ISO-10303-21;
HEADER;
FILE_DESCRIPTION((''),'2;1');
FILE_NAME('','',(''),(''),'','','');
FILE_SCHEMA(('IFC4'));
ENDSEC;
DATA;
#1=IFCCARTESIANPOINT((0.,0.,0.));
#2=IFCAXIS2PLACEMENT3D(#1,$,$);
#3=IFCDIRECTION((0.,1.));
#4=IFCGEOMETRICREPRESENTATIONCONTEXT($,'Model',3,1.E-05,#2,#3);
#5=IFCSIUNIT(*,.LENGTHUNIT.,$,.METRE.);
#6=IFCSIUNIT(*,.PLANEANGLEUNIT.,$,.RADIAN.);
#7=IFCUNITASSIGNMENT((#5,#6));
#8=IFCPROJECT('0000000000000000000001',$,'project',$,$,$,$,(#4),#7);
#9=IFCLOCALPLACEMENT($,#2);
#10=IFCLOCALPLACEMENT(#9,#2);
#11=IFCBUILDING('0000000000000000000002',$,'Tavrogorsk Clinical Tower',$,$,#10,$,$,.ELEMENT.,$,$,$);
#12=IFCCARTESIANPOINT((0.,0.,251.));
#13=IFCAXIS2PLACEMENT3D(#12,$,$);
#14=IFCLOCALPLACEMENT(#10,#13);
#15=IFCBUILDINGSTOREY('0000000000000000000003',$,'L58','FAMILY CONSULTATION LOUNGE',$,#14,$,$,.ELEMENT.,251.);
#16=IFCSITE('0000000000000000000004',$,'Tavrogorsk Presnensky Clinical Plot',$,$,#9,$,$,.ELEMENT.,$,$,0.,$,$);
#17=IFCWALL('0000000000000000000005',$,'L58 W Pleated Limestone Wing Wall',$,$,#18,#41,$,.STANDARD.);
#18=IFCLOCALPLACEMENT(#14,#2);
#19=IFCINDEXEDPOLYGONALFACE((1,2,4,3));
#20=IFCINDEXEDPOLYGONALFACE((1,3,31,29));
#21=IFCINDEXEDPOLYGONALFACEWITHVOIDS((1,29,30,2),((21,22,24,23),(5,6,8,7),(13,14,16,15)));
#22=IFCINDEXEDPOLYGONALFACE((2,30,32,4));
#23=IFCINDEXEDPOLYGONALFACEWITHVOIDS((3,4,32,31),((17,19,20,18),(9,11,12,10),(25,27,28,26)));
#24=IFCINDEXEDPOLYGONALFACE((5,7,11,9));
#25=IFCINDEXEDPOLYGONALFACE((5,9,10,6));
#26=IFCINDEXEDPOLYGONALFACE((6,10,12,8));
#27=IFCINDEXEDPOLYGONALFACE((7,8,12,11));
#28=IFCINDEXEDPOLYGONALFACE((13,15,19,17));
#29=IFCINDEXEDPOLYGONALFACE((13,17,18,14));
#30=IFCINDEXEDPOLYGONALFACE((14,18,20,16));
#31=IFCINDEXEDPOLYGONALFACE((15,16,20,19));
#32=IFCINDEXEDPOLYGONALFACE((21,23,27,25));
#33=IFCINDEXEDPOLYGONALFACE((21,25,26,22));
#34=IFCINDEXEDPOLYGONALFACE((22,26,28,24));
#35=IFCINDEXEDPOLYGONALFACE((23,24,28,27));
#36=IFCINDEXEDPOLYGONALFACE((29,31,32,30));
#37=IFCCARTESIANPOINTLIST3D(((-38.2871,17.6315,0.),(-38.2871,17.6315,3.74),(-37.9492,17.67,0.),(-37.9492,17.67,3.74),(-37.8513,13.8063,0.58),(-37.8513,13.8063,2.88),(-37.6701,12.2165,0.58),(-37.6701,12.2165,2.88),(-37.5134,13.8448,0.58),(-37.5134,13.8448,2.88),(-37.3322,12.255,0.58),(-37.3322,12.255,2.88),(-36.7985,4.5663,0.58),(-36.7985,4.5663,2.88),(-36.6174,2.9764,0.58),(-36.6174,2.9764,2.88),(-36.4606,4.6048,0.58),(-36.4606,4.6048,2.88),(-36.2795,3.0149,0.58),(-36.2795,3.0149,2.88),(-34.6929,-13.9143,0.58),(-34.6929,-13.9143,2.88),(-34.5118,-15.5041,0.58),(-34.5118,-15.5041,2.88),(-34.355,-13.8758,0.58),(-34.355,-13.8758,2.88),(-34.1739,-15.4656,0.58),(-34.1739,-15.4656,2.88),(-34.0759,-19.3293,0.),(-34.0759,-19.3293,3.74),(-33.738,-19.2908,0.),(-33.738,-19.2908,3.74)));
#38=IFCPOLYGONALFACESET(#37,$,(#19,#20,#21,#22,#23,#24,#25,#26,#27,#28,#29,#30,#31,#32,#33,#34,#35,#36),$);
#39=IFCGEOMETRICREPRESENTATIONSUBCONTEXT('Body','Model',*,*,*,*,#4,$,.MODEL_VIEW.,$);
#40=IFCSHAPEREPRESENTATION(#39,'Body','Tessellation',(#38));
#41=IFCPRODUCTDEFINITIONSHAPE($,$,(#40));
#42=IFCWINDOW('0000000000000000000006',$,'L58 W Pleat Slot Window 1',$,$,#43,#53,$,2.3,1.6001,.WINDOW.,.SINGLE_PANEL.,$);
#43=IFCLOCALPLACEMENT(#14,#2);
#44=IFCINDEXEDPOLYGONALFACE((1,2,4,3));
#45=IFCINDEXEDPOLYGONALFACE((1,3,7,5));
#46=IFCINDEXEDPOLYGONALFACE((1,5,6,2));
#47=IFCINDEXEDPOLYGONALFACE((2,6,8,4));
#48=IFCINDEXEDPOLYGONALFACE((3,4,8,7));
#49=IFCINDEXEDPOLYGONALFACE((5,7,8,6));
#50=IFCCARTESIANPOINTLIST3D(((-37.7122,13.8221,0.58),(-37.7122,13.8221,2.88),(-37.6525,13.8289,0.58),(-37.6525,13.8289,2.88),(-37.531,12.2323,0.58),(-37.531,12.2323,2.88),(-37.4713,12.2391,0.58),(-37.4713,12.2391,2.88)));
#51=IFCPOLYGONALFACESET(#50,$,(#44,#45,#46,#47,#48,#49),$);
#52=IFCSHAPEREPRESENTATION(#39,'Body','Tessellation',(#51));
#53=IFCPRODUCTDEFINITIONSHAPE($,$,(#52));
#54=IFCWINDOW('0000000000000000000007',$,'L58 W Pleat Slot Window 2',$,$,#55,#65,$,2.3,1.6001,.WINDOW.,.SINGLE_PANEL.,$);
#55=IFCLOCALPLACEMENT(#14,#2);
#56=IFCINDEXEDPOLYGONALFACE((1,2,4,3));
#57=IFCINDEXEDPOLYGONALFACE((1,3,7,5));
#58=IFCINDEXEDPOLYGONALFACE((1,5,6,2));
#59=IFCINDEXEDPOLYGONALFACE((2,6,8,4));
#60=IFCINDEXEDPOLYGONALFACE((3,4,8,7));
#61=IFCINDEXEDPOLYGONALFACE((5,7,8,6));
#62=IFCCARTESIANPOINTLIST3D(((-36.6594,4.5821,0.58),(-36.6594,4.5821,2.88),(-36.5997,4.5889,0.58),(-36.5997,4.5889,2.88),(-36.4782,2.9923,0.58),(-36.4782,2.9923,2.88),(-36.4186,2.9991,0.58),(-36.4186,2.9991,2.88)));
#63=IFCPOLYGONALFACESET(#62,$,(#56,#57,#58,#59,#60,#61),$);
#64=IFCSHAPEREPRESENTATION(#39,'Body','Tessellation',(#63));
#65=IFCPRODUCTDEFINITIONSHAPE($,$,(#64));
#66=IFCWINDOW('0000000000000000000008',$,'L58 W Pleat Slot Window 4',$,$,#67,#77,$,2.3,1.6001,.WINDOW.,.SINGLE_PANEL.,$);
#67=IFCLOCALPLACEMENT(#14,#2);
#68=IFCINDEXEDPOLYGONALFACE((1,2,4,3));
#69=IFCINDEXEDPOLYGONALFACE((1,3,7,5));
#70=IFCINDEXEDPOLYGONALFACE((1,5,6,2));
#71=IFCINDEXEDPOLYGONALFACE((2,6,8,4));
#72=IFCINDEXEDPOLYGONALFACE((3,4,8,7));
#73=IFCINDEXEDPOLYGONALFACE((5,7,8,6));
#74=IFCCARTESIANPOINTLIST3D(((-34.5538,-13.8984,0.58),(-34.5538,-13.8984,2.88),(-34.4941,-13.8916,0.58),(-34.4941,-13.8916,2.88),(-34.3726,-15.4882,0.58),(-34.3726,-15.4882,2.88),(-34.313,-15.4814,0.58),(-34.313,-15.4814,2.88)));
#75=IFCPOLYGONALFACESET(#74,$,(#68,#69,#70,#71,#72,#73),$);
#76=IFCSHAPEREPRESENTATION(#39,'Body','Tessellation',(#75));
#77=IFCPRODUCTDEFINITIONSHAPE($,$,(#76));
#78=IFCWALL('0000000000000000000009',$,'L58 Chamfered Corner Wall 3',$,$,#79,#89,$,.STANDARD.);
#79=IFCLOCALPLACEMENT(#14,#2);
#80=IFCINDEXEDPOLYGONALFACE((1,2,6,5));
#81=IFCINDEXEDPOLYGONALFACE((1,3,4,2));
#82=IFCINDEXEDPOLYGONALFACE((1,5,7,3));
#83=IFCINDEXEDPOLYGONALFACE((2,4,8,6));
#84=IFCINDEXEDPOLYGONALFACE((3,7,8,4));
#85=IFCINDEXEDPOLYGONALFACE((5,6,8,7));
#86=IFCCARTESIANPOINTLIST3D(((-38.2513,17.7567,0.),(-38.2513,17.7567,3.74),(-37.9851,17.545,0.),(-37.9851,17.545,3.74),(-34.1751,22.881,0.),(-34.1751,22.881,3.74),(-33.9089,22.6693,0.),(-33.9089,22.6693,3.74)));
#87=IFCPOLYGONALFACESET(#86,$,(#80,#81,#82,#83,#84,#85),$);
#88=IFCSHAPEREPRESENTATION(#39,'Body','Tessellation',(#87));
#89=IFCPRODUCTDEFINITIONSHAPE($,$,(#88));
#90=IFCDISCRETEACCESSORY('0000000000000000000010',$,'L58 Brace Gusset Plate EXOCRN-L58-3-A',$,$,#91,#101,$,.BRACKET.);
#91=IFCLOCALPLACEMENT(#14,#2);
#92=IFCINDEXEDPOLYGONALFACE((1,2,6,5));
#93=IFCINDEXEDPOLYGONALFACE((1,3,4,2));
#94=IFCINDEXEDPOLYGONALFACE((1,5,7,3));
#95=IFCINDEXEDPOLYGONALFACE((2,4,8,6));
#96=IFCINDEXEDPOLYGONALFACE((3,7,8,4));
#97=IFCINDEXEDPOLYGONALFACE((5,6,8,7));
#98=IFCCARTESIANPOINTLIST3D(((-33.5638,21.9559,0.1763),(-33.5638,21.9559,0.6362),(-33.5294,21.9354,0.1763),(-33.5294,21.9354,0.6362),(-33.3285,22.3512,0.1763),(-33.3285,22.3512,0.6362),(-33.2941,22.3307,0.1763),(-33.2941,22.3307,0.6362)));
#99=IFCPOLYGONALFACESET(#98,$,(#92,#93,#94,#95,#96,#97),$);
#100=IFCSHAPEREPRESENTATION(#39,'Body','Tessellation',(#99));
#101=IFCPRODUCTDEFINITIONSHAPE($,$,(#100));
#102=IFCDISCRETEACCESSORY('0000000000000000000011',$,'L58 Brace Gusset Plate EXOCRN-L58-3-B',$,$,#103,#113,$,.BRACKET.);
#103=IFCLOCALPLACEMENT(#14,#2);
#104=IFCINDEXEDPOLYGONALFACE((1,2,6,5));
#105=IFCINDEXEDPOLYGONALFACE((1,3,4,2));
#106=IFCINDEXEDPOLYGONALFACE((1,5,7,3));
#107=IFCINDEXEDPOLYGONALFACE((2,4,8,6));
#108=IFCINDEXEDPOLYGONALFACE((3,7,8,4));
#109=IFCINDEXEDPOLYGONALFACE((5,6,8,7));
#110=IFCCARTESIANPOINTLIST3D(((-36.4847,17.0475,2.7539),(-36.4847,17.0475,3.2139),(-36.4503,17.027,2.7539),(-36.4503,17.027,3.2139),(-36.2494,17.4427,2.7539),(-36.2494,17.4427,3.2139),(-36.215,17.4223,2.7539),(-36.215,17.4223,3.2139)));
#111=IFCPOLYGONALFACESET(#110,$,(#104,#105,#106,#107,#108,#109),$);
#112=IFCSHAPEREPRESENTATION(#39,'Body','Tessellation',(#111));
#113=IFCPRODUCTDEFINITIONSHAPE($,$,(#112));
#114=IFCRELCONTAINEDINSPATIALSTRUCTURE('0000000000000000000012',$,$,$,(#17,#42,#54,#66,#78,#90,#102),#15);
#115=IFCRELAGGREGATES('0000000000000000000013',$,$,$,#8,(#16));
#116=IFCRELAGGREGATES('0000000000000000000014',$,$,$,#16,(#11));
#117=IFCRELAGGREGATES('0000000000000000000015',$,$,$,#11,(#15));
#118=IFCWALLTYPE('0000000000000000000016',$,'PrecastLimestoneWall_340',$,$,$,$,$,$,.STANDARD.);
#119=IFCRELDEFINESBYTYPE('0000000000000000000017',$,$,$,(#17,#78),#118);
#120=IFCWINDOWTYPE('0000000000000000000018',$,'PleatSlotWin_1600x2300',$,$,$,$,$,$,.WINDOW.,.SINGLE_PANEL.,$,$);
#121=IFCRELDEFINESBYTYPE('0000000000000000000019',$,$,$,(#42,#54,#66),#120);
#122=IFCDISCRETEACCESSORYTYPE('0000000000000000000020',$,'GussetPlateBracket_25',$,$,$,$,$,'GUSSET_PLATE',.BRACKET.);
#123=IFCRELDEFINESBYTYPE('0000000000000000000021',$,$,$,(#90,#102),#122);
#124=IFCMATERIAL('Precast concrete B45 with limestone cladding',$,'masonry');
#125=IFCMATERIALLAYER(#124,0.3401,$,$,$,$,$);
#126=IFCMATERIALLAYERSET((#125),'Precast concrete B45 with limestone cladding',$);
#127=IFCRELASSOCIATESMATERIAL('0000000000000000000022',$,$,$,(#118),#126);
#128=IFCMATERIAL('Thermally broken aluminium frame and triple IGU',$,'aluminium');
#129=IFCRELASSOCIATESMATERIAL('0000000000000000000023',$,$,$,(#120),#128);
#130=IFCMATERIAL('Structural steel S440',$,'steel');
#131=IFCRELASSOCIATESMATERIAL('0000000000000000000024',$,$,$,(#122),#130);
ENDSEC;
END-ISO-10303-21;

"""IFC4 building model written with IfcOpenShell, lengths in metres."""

from ifc_helpers import new_model, si_unit, direction, frame, frame_2d, origin, origin_2d, place, context, subcontext, project, spatial, rectangle, extrude, material, layer, layer_set, type_object, element, fill, save


model = new_model("IFC4")

# Units and contexts
model_context = context("Model", 3, precision=1e-05, world=origin(), true_north=direction((0.0, 1.0)))
body_context = subcontext(model_context, "Body", "Model", "MODEL_VIEW")
ifc_project = project(units=[si_unit("LENGTHUNIT", "METRE"), si_unit("PLANEANGLEUNIT", "RADIAN")], contexts=[model_context])

# Site, building, storey
site_placement = place(None, origin())
site = spatial("IfcSite", under=ifc_project, at=site_placement, Name="Tavrogorsk Presnensky Clinical Plot", CompositionType="ELEMENT", RefElevation=0.0)
building_placement = place(site_placement, origin())
building = spatial("IfcBuilding", under=site, at=building_placement, Name="Tavrogorsk Clinical Tower", CompositionType="ELEMENT")
storey_placement = place(building_placement, frame((0.0, 0.0, 251.0)))
storey = spatial("IfcBuildingStorey", under=building, at=storey_placement, Name="L58", Description="FAMILY CONSULTATION LOUNGE", CompositionType="ELEMENT", Elevation=251.0)

# Wall, openings, windows
ifc_material_1 = material(Name="Precast concrete B45 with limestone cladding", Category="masonry")
ifc_layer_1 = layer(ifc_material_1, 0.3401)
ifc_layer_set_1 = layer_set([ifc_layer_1], Name="Precast concrete B45 with limestone cladding")
wall_type_1 = type_object("IfcWallType", Name="PrecastLimestoneWall_340", PredefinedType="STANDARD", material=ifc_layer_set_1)
wall_1_placement = place(storey_placement, frame((-38.1182, 17.6509, 0.0), z_axis=(0.0, 0.0, 1.0), x_axis=(0.113204, -0.993572, 0.0)))
wall_1 = element("IfcWall", 1, at=wall_1_placement, inside=storey, type_object=wall_type_1, Name="L58 W Pleated Limestone Wing Wall", PredefinedType="STANDARD", context=body_context, shape_type="SweptSolid", body=[
    extrude(rectangle(XDim=37.2, YDim=0.3401, at=frame_2d((18.6001, 0.0))), origin(), (0.0, 0.0, 1.0), 3.74),
])
opening_1_placement = place(wall_1_placement, frame((3.8501, 0.0, 0.5801)))
opening_1 = element("IfcOpeningElement", 2, at=opening_1_placement, cuts=wall_1, PredefinedType="OPENING", context=body_context, shape_type="SweptSolid", body=[
    extrude(rectangle(XDim=1.6001, YDim=2.3, at=frame_2d((0.8, 1.1499))), frame((0.0, 0.1799, 0.0), z_axis=(0.0, -1.0, 0.0), x_axis=(1.0, 0.0, 0.0)), (0.0, 0.0, 1.0), 0.3601),
])
opening_2_placement = place(wall_1_placement, frame((13.1499, 0.0, 0.5801)))
opening_2 = element("IfcOpeningElement", 3, at=opening_2_placement, cuts=wall_1, PredefinedType="OPENING", context=body_context, shape_type="SweptSolid", body=[
    extrude(rectangle(XDim=1.6001, YDim=2.3, at=frame_2d((0.8, 1.1499))), frame((0.0, 0.1799, 0.0), z_axis=(0.0, -1.0, 0.0), x_axis=(1.0, 0.0, 0.0)), (0.0, 0.0, 1.0), 0.3601),
])
opening_3_placement = place(wall_1_placement, frame((31.75, 0.0, 0.5801)))
opening_3 = element("IfcOpeningElement", 4, at=opening_3_placement, cuts=wall_1, PredefinedType="OPENING", context=body_context, shape_type="SweptSolid", body=[
    extrude(rectangle(XDim=1.6001, YDim=2.3, at=frame_2d((0.8, 1.1499))), frame((0.0, 0.1799, 0.0), z_axis=(0.0, -1.0, 0.0), x_axis=(1.0, 0.0, 0.0)), (0.0, 0.0, 1.0), 0.3601),
])
ifc_material_2 = material(Name="Thermally broken aluminium frame and triple IGU", Category="aluminium")
window_type = type_object("IfcWindowType", Name="PleatSlotWin_1600x2300", PartitioningType="SINGLE_PANEL", PredefinedType="WINDOW", material=ifc_material_2)
window_1_placement = place(opening_1_placement, origin())
window_1 = element("IfcWindow", 5, at=window_1_placement, inside=storey, type_object=window_type, Name="L58 W Pleat Slot Window 1", OverallHeight=2.3, OverallWidth=1.6001, PartitioningType="SINGLE_PANEL", PredefinedType="WINDOW", context=body_context, shape_type="SweptSolid", body=[
    extrude(rectangle(XDim=1.6001, YDim=2.3, at=frame_2d((0.8, 1.1499))), frame((0.0, 0.03, 0.0), z_axis=(0.0, -1.0, 0.0), x_axis=(1.0, 0.0, 0.0)), (0.0, 0.0, 1.0), 0.0601),
])
fill(opening_1, window_1)
window_2_placement = place(opening_2_placement, origin())
window_2 = element("IfcWindow", 6, at=window_2_placement, inside=storey, type_object=window_type, Name="L58 W Pleat Slot Window 2", OverallHeight=2.3, OverallWidth=1.6001, PartitioningType="SINGLE_PANEL", PredefinedType="WINDOW", context=body_context, shape_type="SweptSolid", body=[
    extrude(rectangle(XDim=1.6001, YDim=2.3, at=frame_2d((0.8, 1.1499))), frame((0.0, 0.03, 0.0), z_axis=(0.0, -1.0, 0.0), x_axis=(1.0, 0.0, 0.0)), (0.0, 0.0, 1.0), 0.0601),
])
fill(opening_2, window_2)
window_3_placement = place(opening_3_placement, origin())
window_3 = element("IfcWindow", 7, at=window_3_placement, inside=storey, type_object=window_type, Name="L58 W Pleat Slot Window 4", OverallHeight=2.3, OverallWidth=1.6001, PartitioningType="SINGLE_PANEL", PredefinedType="WINDOW", context=body_context, shape_type="SweptSolid", body=[
    extrude(rectangle(XDim=1.6001, YDim=2.3, at=frame_2d((0.8, 1.1499))), frame((0.0, 0.03, 0.0), z_axis=(0.0, -1.0, 0.0), x_axis=(1.0, 0.0, 0.0)), (0.0, 0.0, 1.0), 0.0601),
])
fill(opening_3, window_3)

# Wall
wall_2_placement = place(storey_placement, frame((-34.042, 22.7751, 0.0), z_axis=(0.0, 0.0, 1.0), x_axis=(-0.622528, -0.782597, 0.0)))
element("IfcWall", 8, at=wall_2_placement, inside=storey, type_object=wall_type_1, Name="L58 Chamfered Corner Wall 3", PredefinedType="STANDARD", context=body_context, shape_type="SweptSolid", body=[
    extrude(rectangle(XDim=6.5479, YDim=0.3401, at=frame_2d((3.2739, 0.0))), origin(), (0.0, 0.0, 1.0), 3.74),
])

# Discrete accessories
ifc_material_3 = material(Name="Structural steel S440", Category="steel")
discrete_accessory_type = type_object("IfcDiscreteAccessoryType", Name="GussetPlateBracket_25", ElementType="GUSSET_PLATE", PredefinedType="BRACKET", material=ifc_material_3)
for number, where, z_axis, x_axis, name in (
    (9, (-33.429, 22.1433, 0.1763), (0.0, 0.0, 1.0), (-0.511443, -0.859317, 0.0), "L58 Brace Gusset Plate EXOCRN-L58-3-A"),
    (10, (-36.3499, 17.2349, 2.7539), (0.0, 0.0, 1.0), (-0.511443, -0.859317, 0.0), "L58 Brace Gusset Plate EXOCRN-L58-3-B"),
):
    element("IfcDiscreteAccessory", number, at=place(storey_placement, frame(where, z_axis=z_axis, x_axis=x_axis)), inside=storey, type_object=discrete_accessory_type, Name=name, PredefinedType="BRACKET", context=body_context, shape_type="SweptSolid", body=[
        extrude(rectangle(XDim=0.46, YDim=0.04, at=origin_2d()), origin(), (0.0, 0.0, 1.0), 0.46),
    ])

save(model, "model.ifc")
